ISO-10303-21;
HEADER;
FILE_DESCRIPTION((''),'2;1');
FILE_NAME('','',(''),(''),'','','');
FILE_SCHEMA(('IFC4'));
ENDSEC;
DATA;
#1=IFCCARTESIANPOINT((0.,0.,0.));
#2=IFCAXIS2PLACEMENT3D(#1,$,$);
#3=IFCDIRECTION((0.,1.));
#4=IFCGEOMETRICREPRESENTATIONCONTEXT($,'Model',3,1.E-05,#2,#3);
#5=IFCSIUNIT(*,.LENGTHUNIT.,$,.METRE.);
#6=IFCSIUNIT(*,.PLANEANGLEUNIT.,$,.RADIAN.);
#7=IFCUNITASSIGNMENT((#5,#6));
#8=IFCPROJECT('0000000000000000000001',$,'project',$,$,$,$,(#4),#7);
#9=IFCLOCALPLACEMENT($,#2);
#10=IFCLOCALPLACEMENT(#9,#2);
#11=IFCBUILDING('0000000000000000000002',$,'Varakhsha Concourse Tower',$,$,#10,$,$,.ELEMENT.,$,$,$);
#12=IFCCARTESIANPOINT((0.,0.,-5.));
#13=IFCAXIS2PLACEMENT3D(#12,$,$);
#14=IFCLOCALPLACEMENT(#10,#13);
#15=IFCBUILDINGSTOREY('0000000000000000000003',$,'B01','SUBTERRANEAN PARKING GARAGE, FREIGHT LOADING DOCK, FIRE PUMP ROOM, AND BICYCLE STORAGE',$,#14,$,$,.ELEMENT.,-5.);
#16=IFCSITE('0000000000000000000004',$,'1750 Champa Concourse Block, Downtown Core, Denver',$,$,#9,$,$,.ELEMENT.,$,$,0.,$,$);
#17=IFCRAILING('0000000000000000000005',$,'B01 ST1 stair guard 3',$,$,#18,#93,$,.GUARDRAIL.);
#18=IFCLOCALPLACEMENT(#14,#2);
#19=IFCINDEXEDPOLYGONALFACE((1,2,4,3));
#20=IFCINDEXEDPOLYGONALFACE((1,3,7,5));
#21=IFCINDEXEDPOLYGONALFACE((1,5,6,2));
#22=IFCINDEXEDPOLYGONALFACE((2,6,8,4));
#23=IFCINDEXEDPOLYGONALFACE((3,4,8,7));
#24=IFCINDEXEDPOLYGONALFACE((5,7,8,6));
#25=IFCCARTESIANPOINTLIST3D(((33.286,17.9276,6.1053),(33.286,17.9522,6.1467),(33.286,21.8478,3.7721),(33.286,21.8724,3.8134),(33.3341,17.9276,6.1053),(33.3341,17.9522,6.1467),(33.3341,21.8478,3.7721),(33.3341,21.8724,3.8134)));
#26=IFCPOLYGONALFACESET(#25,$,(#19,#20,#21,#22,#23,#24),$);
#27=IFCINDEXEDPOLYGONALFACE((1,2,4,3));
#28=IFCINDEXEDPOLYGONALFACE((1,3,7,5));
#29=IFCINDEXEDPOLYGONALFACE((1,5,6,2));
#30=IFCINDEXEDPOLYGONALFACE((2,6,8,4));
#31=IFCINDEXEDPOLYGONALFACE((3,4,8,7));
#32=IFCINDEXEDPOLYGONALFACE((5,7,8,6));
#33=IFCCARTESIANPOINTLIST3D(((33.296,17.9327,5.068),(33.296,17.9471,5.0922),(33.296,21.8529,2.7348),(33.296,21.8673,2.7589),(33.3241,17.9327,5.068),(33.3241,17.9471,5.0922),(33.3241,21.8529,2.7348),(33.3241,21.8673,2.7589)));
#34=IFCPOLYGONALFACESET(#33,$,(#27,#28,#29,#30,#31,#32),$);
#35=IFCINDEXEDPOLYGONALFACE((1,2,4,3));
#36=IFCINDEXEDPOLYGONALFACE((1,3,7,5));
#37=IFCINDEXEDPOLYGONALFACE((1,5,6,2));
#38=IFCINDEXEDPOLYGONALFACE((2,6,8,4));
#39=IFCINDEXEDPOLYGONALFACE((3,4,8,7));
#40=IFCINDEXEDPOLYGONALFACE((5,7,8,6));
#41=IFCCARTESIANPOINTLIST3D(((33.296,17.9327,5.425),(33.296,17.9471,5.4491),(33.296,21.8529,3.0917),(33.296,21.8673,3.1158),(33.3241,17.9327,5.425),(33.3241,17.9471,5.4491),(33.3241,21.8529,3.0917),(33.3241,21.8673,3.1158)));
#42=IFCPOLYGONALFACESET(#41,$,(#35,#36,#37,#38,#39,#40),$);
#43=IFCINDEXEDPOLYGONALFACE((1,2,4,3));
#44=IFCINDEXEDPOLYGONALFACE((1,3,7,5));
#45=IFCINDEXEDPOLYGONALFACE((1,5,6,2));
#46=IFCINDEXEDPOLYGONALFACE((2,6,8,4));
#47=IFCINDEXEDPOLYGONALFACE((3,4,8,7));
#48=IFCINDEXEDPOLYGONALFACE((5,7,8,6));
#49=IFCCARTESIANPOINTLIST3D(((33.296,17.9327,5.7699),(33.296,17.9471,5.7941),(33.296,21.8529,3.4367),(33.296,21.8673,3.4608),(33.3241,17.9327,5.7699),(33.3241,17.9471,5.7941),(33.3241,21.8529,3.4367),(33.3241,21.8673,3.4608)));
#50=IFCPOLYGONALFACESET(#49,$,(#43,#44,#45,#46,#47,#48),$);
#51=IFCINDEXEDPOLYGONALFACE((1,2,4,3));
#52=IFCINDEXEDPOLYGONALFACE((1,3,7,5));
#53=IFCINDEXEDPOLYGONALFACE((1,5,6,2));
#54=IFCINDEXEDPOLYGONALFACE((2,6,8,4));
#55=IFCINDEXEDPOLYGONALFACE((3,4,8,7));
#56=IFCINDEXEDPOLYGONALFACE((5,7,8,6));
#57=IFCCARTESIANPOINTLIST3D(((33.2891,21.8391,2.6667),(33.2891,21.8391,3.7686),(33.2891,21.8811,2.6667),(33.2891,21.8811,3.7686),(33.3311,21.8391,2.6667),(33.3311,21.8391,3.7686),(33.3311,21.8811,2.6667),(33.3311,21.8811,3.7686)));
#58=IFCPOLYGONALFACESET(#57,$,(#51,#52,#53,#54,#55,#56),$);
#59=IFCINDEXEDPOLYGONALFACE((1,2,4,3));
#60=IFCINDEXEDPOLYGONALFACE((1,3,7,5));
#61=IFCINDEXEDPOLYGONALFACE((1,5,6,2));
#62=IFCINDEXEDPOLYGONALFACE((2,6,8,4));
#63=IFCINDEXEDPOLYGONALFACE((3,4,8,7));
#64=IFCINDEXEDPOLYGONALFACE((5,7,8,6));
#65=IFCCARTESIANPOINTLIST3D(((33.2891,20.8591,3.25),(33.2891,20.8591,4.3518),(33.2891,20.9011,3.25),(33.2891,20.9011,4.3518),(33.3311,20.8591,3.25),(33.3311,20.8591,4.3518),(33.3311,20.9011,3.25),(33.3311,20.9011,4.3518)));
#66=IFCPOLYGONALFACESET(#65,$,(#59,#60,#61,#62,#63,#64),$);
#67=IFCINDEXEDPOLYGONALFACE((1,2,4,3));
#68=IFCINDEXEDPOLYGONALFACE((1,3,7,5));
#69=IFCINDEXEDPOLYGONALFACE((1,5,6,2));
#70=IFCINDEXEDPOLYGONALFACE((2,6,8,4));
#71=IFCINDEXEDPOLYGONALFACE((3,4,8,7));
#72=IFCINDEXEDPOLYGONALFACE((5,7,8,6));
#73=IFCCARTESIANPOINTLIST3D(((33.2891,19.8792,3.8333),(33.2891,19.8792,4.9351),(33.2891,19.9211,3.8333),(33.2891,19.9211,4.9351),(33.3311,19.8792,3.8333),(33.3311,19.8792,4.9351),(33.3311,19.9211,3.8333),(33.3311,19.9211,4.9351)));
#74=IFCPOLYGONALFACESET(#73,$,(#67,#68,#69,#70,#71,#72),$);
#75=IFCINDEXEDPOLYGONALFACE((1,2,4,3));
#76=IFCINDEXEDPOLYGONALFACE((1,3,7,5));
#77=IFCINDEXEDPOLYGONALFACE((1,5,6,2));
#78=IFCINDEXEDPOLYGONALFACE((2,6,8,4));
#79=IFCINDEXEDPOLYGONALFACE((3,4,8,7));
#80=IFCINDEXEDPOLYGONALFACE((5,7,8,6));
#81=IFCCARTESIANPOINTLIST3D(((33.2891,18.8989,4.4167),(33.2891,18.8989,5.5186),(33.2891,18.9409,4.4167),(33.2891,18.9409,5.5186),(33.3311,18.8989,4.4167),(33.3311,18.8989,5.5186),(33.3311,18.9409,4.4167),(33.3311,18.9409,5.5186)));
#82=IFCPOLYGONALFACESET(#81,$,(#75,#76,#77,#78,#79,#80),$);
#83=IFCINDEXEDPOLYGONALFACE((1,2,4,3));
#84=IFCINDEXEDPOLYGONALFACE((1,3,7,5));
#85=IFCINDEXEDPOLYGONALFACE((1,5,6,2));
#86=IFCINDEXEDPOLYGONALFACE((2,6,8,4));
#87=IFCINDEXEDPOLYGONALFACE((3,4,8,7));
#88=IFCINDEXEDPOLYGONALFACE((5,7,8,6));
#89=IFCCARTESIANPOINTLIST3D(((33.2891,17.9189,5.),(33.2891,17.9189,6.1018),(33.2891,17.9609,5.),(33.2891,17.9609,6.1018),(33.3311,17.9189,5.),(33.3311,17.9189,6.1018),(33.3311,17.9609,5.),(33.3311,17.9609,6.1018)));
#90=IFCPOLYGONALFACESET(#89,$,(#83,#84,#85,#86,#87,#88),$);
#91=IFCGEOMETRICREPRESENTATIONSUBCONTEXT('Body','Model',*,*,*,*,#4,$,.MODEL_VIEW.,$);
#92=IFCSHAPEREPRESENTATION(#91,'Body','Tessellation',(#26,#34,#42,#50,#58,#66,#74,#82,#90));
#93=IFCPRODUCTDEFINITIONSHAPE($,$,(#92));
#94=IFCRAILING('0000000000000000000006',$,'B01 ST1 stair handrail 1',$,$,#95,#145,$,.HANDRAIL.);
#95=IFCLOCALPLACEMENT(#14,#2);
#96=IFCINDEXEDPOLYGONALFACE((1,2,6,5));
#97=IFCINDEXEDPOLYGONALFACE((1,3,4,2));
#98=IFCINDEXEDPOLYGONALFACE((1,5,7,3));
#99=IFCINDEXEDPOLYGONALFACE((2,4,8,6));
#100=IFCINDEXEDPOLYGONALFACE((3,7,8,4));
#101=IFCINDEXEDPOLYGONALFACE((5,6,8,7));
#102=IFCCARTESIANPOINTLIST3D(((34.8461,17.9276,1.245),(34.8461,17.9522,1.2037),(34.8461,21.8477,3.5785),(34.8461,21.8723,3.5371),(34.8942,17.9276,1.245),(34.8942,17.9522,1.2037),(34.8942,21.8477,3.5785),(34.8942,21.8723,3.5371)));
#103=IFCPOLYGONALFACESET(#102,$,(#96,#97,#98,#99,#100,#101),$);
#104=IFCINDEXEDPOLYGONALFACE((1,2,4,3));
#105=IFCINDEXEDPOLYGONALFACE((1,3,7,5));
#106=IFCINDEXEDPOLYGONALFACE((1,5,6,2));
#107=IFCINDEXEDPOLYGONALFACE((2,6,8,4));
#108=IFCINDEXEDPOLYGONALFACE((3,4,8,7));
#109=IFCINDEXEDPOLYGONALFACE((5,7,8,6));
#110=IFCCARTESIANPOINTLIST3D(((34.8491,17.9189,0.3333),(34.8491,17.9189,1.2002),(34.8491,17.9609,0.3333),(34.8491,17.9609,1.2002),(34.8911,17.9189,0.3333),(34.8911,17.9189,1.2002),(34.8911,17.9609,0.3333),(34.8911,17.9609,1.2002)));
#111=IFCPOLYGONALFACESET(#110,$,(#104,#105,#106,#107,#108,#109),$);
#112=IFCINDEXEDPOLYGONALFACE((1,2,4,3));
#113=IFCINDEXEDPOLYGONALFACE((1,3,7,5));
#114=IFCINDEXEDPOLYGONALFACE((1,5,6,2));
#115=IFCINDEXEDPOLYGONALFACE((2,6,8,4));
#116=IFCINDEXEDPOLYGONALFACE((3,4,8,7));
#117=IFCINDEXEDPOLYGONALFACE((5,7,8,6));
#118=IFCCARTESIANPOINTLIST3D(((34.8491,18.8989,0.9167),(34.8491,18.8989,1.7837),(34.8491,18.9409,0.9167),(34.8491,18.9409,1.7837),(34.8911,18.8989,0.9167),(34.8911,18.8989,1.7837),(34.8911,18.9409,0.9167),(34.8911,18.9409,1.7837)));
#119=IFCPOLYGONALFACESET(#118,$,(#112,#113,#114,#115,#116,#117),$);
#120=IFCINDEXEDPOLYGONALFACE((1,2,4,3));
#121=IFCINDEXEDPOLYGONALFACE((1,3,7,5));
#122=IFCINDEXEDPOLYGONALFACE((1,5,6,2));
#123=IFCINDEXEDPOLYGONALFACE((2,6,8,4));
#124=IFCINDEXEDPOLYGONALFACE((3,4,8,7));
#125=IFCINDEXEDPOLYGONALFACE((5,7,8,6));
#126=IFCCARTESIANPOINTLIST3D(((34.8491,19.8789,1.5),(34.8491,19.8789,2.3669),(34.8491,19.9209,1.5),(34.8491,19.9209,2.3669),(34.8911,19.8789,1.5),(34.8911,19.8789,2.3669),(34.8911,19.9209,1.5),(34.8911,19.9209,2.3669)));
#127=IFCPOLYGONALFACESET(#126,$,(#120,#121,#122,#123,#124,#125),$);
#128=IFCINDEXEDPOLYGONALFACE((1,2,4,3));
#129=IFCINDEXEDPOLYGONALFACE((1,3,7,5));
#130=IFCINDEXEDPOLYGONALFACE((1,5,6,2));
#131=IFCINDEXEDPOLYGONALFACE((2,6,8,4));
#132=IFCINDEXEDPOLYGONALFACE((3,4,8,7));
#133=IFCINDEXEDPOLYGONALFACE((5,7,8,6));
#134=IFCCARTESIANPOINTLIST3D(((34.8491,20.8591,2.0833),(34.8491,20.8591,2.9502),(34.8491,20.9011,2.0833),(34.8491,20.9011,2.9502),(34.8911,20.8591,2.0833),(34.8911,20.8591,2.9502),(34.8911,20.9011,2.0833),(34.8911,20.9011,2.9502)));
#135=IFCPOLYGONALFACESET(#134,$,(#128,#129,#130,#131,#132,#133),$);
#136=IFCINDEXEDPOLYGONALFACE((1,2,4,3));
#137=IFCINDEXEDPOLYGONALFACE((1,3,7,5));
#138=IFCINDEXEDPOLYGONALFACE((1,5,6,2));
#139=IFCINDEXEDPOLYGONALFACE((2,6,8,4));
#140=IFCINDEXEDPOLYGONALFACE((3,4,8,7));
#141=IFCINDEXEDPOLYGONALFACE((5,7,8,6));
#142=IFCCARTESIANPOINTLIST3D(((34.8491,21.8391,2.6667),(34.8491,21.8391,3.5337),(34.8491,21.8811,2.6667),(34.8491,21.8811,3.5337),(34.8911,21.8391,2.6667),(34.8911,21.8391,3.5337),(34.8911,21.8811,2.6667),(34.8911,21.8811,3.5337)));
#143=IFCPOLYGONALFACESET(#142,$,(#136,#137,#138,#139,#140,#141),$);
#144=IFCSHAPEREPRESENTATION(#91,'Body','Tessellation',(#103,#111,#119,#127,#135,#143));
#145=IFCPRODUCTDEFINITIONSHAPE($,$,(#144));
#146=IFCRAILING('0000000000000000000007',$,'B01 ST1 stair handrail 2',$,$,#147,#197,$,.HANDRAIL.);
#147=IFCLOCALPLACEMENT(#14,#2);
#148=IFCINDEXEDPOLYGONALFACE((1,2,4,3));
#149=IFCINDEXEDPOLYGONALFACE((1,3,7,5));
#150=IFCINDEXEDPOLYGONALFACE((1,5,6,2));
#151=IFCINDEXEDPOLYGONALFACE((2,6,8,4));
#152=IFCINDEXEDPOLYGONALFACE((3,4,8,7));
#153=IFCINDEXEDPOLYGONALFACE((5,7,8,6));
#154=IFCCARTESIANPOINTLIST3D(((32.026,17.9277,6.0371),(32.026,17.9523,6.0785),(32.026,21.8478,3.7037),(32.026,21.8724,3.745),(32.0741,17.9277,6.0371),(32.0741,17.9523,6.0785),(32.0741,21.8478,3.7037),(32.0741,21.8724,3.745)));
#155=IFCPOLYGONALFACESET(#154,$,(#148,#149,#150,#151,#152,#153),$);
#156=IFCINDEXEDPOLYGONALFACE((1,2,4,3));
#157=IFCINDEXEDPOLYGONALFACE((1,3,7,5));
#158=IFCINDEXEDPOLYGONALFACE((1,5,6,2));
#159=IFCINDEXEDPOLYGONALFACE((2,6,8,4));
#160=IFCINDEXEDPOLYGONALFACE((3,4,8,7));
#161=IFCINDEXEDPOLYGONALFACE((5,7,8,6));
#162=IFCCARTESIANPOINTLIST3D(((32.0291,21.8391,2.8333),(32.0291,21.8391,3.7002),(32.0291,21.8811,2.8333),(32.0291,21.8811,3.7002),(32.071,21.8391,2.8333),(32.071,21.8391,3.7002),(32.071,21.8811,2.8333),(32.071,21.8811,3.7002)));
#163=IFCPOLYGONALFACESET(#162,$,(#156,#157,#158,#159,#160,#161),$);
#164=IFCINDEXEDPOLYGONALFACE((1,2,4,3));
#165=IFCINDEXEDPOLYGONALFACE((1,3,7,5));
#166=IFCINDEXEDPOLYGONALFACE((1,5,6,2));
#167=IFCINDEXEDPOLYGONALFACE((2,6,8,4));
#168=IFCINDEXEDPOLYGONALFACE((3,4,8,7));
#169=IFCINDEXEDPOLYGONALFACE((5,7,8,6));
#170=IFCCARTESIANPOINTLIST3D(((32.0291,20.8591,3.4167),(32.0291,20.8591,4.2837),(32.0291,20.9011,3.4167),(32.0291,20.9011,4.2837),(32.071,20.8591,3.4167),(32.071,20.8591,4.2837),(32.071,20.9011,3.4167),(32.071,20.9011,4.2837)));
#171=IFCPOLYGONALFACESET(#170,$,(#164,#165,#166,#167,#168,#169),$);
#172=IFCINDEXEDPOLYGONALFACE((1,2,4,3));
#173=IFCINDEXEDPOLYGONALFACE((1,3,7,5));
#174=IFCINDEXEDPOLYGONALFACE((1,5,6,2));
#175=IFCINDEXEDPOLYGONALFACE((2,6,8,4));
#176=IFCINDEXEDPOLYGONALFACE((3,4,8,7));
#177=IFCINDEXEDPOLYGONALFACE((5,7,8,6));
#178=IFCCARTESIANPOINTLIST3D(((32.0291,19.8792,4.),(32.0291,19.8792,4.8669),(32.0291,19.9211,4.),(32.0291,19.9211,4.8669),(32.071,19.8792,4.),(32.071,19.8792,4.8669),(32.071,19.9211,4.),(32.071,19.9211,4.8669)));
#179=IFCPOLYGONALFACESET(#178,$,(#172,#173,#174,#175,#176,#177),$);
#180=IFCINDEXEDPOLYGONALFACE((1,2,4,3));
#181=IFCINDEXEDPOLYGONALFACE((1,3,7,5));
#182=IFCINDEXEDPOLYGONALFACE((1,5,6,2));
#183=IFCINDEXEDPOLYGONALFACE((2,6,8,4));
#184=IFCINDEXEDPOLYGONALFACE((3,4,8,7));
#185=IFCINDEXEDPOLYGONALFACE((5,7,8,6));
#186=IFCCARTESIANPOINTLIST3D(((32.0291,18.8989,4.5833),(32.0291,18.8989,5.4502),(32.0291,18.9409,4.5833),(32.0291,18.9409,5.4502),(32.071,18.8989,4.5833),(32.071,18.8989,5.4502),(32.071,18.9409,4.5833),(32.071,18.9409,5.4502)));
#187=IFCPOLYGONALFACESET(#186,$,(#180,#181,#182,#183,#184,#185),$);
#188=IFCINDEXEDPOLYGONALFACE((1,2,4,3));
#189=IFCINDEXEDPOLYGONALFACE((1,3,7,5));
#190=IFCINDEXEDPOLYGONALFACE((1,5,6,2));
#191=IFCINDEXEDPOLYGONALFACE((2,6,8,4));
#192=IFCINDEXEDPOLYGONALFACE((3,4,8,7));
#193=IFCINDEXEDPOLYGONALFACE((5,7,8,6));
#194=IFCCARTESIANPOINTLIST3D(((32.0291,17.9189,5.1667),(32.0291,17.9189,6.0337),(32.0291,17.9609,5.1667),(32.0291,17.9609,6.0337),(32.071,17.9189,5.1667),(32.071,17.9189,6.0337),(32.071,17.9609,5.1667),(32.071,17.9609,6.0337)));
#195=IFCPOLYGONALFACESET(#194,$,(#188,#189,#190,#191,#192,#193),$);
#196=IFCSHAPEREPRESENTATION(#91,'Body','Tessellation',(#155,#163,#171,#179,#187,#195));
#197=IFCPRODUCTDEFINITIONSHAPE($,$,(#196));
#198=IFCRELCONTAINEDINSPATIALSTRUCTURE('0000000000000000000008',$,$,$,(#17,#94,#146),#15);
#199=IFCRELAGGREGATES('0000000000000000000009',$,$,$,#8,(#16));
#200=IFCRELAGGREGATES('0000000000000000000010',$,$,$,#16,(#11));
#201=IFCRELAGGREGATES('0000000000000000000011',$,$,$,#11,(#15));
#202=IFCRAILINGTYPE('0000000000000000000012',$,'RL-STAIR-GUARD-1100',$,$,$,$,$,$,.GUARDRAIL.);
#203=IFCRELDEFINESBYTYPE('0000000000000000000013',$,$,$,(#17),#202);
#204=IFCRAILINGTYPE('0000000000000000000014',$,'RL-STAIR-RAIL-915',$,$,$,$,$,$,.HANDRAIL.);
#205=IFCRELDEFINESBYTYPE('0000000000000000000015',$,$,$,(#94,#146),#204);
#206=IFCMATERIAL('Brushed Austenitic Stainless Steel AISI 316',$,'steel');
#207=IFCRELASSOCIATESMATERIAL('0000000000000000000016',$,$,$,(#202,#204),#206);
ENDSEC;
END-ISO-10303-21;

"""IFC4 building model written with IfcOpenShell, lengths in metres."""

from ifc_helpers import new_model, si_unit, direction, frame, origin, origin_2d, place, context, subcontext, project, spatial, rectangle, extrude, material, type_object, element, save


model = new_model("IFC4")

# Units and contexts
model_context = context("Model", 3, precision=1e-05, world=origin(), true_north=direction((0.0, 1.0)))
body_context = subcontext(model_context, "Body", "Model", "MODEL_VIEW")
ifc_project = project(units=[si_unit("LENGTHUNIT", "METRE"), si_unit("PLANEANGLEUNIT", "RADIAN")], contexts=[model_context])

# Site, building, storey
site_placement = place(None, origin())
site = spatial("IfcSite", under=ifc_project, at=site_placement, Name="1750 Champa Concourse Block, Downtown Core, Denver", CompositionType="ELEMENT", RefElevation=0.0)
building_placement = place(site_placement, origin())
building = spatial("IfcBuilding", under=site, at=building_placement, Name="Varakhsha Concourse Tower", CompositionType="ELEMENT")
storey_placement = place(building_placement, frame((0.0, 0.0, -5.0)))
storey = spatial("IfcBuildingStorey", under=building, at=storey_placement, Name="B01", Description="SUBTERRANEAN PARKING GARAGE, FREIGHT LOADING DOCK, FIRE PUMP ROOM, AND BICYCLE STORAGE", CompositionType="ELEMENT", Elevation=-5.0)

# Railings
ifc_material_1 = material(Name="Brushed Austenitic Stainless Steel AISI 316", Category="steel")
railing_type_1 = type_object("IfcRailingType", Name="RL-STAIR-GUARD-1100", PredefinedType="GUARDRAIL", material=ifc_material_1)
railing_1_placement = place(storey_placement, frame((33.3101, 21.8601, 2.6667)))
element("IfcRailing", 1, at=railing_1_placement, inside=storey, type_object=railing_type_1, Name="B01 ST1 stair guard 3", PredefinedType="GUARDRAIL", context=body_context, shape_type="SweptSolid", body=[
    extrude(rectangle(XDim=0.0481, YDim=0.0481, at=origin_2d()), frame((0.0, 0.0, 1.126), z_axis=(0.0, -0.85931, 0.511455), x_axis=(1.0, 0.0, 0.0)), (0.0, 0.0, 1.0), 4.562),
    extrude(rectangle(XDim=0.0281, YDim=0.0281, at=origin_2d()), frame((0.0, 0.0, 0.0801), z_axis=(0.0, -0.85931, 0.511455), x_axis=(1.0, 0.0, 0.0)), (0.0, 0.0, 1.0), 4.562),
    extrude(rectangle(XDim=0.0281, YDim=0.0281, at=origin_2d()), frame((0.0, 0.0, 0.437), z_axis=(0.0, -0.85931, 0.511455), x_axis=(1.0, 0.0, 0.0)), (0.0, 0.0, 1.0), 4.562),
    extrude(rectangle(XDim=0.0281, YDim=0.0281, at=origin_2d()), frame((0.0, 0.0, 0.782), z_axis=(0.0, -0.85931, 0.511455), x_axis=(1.0, 0.0, 0.0)), (0.0, 0.0, 1.0), 4.562),
    extrude(rectangle(XDim=0.042, YDim=0.042, at=origin_2d()), origin(), (0.0, 0.0, 1.0), 1.1018),
    extrude(rectangle(XDim=0.042, YDim=0.042, at=origin_2d()), frame((0.0, -0.98, 0.5833)), (0.0, 0.0, 1.0), 1.1018),
    extrude(rectangle(XDim=0.042, YDim=0.042, at=origin_2d()), frame((0.0, -1.96, 1.1665)), (0.0, 0.0, 1.0), 1.1018),
    extrude(rectangle(XDim=0.042, YDim=0.042, at=origin_2d()), frame((0.0, -2.9402, 1.75)), (0.0, 0.0, 1.0), 1.1018),
    extrude(rectangle(XDim=0.042, YDim=0.042, at=origin_2d()), frame((0.0, -3.9202, 2.3333)), (0.0, 0.0, 1.0), 1.1018),
])
railing_type_2 = type_object("IfcRailingType", Name="RL-STAIR-RAIL-915", PredefinedType="HANDRAIL", material=ifc_material_1)
railing_2_placement = place(storey_placement, frame((34.8701, 17.9399, 0.3333)))
element("IfcRailing", 2, at=railing_2_placement, inside=storey, type_object=railing_type_2, Name="B01 ST1 stair handrail 1", PredefinedType="HANDRAIL", context=body_context, shape_type="SweptSolid", body=[
    extrude(rectangle(XDim=0.0481, YDim=0.0481, at=origin_2d()), frame((0.0, 0.0, 0.8911), z_axis=(0.0, 0.859287, 0.511494), x_axis=(-1.0, 0.0, 0.0)), (0.0, 0.0, 1.0), 4.562),
    extrude(rectangle(XDim=0.042, YDim=0.042, at=origin_2d()), origin(), (0.0, 0.0, 1.0), 0.8669),
    extrude(rectangle(XDim=0.042, YDim=0.042, at=origin_2d()), frame((0.0, 0.98, 0.5835)), (0.0, 0.0, 1.0), 0.8669),
    extrude(rectangle(XDim=0.042, YDim=0.042, at=origin_2d()), frame((0.0, 1.96, 1.1667)), (0.0, 0.0, 1.0), 0.8669),
    extrude(rectangle(XDim=0.042, YDim=0.042, at=origin_2d()), frame((0.0, 2.9402, 1.75)), (0.0, 0.0, 1.0), 0.8669),
    extrude(rectangle(XDim=0.042, YDim=0.042, at=origin_2d()), frame((0.0, 3.9202, 2.3335)), (0.0, 0.0, 1.0), 0.8669),
])
railing_3_placement = place(storey_placement, frame((32.05, 21.8601, 2.8333)))
element("IfcRailing", 3, at=railing_3_placement, inside=storey, type_object=railing_type_2, Name="B01 ST1 stair handrail 2", PredefinedType="HANDRAIL", context=body_context, shape_type="SweptSolid", body=[
    extrude(rectangle(XDim=0.0481, YDim=0.0481, at=origin_2d()), frame((0.0, 0.0, 0.8911), z_axis=(0.0, -0.859287, 0.511494), x_axis=(1.0, 0.0, 0.0)), (0.0, 0.0, 1.0), 4.562),
    extrude(rectangle(XDim=0.042, YDim=0.042, at=origin_2d()), origin(), (0.0, 0.0, 1.0), 0.8669),
    extrude(rectangle(XDim=0.042, YDim=0.042, at=origin_2d()), frame((0.0, -0.98, 0.5835)), (0.0, 0.0, 1.0), 0.8669),
    extrude(rectangle(XDim=0.042, YDim=0.042, at=origin_2d()), frame((0.0, -1.96, 1.1667)), (0.0, 0.0, 1.0), 0.8669),
    extrude(rectangle(XDim=0.042, YDim=0.042, at=origin_2d()), frame((0.0, -2.9402, 1.75)), (0.0, 0.0, 1.0), 0.8669),
    extrude(rectangle(XDim=0.042, YDim=0.042, at=origin_2d()), frame((0.0, -3.9202, 2.3335)), (0.0, 0.0, 1.0), 0.8669),
])

save(model, "model.ifc")
